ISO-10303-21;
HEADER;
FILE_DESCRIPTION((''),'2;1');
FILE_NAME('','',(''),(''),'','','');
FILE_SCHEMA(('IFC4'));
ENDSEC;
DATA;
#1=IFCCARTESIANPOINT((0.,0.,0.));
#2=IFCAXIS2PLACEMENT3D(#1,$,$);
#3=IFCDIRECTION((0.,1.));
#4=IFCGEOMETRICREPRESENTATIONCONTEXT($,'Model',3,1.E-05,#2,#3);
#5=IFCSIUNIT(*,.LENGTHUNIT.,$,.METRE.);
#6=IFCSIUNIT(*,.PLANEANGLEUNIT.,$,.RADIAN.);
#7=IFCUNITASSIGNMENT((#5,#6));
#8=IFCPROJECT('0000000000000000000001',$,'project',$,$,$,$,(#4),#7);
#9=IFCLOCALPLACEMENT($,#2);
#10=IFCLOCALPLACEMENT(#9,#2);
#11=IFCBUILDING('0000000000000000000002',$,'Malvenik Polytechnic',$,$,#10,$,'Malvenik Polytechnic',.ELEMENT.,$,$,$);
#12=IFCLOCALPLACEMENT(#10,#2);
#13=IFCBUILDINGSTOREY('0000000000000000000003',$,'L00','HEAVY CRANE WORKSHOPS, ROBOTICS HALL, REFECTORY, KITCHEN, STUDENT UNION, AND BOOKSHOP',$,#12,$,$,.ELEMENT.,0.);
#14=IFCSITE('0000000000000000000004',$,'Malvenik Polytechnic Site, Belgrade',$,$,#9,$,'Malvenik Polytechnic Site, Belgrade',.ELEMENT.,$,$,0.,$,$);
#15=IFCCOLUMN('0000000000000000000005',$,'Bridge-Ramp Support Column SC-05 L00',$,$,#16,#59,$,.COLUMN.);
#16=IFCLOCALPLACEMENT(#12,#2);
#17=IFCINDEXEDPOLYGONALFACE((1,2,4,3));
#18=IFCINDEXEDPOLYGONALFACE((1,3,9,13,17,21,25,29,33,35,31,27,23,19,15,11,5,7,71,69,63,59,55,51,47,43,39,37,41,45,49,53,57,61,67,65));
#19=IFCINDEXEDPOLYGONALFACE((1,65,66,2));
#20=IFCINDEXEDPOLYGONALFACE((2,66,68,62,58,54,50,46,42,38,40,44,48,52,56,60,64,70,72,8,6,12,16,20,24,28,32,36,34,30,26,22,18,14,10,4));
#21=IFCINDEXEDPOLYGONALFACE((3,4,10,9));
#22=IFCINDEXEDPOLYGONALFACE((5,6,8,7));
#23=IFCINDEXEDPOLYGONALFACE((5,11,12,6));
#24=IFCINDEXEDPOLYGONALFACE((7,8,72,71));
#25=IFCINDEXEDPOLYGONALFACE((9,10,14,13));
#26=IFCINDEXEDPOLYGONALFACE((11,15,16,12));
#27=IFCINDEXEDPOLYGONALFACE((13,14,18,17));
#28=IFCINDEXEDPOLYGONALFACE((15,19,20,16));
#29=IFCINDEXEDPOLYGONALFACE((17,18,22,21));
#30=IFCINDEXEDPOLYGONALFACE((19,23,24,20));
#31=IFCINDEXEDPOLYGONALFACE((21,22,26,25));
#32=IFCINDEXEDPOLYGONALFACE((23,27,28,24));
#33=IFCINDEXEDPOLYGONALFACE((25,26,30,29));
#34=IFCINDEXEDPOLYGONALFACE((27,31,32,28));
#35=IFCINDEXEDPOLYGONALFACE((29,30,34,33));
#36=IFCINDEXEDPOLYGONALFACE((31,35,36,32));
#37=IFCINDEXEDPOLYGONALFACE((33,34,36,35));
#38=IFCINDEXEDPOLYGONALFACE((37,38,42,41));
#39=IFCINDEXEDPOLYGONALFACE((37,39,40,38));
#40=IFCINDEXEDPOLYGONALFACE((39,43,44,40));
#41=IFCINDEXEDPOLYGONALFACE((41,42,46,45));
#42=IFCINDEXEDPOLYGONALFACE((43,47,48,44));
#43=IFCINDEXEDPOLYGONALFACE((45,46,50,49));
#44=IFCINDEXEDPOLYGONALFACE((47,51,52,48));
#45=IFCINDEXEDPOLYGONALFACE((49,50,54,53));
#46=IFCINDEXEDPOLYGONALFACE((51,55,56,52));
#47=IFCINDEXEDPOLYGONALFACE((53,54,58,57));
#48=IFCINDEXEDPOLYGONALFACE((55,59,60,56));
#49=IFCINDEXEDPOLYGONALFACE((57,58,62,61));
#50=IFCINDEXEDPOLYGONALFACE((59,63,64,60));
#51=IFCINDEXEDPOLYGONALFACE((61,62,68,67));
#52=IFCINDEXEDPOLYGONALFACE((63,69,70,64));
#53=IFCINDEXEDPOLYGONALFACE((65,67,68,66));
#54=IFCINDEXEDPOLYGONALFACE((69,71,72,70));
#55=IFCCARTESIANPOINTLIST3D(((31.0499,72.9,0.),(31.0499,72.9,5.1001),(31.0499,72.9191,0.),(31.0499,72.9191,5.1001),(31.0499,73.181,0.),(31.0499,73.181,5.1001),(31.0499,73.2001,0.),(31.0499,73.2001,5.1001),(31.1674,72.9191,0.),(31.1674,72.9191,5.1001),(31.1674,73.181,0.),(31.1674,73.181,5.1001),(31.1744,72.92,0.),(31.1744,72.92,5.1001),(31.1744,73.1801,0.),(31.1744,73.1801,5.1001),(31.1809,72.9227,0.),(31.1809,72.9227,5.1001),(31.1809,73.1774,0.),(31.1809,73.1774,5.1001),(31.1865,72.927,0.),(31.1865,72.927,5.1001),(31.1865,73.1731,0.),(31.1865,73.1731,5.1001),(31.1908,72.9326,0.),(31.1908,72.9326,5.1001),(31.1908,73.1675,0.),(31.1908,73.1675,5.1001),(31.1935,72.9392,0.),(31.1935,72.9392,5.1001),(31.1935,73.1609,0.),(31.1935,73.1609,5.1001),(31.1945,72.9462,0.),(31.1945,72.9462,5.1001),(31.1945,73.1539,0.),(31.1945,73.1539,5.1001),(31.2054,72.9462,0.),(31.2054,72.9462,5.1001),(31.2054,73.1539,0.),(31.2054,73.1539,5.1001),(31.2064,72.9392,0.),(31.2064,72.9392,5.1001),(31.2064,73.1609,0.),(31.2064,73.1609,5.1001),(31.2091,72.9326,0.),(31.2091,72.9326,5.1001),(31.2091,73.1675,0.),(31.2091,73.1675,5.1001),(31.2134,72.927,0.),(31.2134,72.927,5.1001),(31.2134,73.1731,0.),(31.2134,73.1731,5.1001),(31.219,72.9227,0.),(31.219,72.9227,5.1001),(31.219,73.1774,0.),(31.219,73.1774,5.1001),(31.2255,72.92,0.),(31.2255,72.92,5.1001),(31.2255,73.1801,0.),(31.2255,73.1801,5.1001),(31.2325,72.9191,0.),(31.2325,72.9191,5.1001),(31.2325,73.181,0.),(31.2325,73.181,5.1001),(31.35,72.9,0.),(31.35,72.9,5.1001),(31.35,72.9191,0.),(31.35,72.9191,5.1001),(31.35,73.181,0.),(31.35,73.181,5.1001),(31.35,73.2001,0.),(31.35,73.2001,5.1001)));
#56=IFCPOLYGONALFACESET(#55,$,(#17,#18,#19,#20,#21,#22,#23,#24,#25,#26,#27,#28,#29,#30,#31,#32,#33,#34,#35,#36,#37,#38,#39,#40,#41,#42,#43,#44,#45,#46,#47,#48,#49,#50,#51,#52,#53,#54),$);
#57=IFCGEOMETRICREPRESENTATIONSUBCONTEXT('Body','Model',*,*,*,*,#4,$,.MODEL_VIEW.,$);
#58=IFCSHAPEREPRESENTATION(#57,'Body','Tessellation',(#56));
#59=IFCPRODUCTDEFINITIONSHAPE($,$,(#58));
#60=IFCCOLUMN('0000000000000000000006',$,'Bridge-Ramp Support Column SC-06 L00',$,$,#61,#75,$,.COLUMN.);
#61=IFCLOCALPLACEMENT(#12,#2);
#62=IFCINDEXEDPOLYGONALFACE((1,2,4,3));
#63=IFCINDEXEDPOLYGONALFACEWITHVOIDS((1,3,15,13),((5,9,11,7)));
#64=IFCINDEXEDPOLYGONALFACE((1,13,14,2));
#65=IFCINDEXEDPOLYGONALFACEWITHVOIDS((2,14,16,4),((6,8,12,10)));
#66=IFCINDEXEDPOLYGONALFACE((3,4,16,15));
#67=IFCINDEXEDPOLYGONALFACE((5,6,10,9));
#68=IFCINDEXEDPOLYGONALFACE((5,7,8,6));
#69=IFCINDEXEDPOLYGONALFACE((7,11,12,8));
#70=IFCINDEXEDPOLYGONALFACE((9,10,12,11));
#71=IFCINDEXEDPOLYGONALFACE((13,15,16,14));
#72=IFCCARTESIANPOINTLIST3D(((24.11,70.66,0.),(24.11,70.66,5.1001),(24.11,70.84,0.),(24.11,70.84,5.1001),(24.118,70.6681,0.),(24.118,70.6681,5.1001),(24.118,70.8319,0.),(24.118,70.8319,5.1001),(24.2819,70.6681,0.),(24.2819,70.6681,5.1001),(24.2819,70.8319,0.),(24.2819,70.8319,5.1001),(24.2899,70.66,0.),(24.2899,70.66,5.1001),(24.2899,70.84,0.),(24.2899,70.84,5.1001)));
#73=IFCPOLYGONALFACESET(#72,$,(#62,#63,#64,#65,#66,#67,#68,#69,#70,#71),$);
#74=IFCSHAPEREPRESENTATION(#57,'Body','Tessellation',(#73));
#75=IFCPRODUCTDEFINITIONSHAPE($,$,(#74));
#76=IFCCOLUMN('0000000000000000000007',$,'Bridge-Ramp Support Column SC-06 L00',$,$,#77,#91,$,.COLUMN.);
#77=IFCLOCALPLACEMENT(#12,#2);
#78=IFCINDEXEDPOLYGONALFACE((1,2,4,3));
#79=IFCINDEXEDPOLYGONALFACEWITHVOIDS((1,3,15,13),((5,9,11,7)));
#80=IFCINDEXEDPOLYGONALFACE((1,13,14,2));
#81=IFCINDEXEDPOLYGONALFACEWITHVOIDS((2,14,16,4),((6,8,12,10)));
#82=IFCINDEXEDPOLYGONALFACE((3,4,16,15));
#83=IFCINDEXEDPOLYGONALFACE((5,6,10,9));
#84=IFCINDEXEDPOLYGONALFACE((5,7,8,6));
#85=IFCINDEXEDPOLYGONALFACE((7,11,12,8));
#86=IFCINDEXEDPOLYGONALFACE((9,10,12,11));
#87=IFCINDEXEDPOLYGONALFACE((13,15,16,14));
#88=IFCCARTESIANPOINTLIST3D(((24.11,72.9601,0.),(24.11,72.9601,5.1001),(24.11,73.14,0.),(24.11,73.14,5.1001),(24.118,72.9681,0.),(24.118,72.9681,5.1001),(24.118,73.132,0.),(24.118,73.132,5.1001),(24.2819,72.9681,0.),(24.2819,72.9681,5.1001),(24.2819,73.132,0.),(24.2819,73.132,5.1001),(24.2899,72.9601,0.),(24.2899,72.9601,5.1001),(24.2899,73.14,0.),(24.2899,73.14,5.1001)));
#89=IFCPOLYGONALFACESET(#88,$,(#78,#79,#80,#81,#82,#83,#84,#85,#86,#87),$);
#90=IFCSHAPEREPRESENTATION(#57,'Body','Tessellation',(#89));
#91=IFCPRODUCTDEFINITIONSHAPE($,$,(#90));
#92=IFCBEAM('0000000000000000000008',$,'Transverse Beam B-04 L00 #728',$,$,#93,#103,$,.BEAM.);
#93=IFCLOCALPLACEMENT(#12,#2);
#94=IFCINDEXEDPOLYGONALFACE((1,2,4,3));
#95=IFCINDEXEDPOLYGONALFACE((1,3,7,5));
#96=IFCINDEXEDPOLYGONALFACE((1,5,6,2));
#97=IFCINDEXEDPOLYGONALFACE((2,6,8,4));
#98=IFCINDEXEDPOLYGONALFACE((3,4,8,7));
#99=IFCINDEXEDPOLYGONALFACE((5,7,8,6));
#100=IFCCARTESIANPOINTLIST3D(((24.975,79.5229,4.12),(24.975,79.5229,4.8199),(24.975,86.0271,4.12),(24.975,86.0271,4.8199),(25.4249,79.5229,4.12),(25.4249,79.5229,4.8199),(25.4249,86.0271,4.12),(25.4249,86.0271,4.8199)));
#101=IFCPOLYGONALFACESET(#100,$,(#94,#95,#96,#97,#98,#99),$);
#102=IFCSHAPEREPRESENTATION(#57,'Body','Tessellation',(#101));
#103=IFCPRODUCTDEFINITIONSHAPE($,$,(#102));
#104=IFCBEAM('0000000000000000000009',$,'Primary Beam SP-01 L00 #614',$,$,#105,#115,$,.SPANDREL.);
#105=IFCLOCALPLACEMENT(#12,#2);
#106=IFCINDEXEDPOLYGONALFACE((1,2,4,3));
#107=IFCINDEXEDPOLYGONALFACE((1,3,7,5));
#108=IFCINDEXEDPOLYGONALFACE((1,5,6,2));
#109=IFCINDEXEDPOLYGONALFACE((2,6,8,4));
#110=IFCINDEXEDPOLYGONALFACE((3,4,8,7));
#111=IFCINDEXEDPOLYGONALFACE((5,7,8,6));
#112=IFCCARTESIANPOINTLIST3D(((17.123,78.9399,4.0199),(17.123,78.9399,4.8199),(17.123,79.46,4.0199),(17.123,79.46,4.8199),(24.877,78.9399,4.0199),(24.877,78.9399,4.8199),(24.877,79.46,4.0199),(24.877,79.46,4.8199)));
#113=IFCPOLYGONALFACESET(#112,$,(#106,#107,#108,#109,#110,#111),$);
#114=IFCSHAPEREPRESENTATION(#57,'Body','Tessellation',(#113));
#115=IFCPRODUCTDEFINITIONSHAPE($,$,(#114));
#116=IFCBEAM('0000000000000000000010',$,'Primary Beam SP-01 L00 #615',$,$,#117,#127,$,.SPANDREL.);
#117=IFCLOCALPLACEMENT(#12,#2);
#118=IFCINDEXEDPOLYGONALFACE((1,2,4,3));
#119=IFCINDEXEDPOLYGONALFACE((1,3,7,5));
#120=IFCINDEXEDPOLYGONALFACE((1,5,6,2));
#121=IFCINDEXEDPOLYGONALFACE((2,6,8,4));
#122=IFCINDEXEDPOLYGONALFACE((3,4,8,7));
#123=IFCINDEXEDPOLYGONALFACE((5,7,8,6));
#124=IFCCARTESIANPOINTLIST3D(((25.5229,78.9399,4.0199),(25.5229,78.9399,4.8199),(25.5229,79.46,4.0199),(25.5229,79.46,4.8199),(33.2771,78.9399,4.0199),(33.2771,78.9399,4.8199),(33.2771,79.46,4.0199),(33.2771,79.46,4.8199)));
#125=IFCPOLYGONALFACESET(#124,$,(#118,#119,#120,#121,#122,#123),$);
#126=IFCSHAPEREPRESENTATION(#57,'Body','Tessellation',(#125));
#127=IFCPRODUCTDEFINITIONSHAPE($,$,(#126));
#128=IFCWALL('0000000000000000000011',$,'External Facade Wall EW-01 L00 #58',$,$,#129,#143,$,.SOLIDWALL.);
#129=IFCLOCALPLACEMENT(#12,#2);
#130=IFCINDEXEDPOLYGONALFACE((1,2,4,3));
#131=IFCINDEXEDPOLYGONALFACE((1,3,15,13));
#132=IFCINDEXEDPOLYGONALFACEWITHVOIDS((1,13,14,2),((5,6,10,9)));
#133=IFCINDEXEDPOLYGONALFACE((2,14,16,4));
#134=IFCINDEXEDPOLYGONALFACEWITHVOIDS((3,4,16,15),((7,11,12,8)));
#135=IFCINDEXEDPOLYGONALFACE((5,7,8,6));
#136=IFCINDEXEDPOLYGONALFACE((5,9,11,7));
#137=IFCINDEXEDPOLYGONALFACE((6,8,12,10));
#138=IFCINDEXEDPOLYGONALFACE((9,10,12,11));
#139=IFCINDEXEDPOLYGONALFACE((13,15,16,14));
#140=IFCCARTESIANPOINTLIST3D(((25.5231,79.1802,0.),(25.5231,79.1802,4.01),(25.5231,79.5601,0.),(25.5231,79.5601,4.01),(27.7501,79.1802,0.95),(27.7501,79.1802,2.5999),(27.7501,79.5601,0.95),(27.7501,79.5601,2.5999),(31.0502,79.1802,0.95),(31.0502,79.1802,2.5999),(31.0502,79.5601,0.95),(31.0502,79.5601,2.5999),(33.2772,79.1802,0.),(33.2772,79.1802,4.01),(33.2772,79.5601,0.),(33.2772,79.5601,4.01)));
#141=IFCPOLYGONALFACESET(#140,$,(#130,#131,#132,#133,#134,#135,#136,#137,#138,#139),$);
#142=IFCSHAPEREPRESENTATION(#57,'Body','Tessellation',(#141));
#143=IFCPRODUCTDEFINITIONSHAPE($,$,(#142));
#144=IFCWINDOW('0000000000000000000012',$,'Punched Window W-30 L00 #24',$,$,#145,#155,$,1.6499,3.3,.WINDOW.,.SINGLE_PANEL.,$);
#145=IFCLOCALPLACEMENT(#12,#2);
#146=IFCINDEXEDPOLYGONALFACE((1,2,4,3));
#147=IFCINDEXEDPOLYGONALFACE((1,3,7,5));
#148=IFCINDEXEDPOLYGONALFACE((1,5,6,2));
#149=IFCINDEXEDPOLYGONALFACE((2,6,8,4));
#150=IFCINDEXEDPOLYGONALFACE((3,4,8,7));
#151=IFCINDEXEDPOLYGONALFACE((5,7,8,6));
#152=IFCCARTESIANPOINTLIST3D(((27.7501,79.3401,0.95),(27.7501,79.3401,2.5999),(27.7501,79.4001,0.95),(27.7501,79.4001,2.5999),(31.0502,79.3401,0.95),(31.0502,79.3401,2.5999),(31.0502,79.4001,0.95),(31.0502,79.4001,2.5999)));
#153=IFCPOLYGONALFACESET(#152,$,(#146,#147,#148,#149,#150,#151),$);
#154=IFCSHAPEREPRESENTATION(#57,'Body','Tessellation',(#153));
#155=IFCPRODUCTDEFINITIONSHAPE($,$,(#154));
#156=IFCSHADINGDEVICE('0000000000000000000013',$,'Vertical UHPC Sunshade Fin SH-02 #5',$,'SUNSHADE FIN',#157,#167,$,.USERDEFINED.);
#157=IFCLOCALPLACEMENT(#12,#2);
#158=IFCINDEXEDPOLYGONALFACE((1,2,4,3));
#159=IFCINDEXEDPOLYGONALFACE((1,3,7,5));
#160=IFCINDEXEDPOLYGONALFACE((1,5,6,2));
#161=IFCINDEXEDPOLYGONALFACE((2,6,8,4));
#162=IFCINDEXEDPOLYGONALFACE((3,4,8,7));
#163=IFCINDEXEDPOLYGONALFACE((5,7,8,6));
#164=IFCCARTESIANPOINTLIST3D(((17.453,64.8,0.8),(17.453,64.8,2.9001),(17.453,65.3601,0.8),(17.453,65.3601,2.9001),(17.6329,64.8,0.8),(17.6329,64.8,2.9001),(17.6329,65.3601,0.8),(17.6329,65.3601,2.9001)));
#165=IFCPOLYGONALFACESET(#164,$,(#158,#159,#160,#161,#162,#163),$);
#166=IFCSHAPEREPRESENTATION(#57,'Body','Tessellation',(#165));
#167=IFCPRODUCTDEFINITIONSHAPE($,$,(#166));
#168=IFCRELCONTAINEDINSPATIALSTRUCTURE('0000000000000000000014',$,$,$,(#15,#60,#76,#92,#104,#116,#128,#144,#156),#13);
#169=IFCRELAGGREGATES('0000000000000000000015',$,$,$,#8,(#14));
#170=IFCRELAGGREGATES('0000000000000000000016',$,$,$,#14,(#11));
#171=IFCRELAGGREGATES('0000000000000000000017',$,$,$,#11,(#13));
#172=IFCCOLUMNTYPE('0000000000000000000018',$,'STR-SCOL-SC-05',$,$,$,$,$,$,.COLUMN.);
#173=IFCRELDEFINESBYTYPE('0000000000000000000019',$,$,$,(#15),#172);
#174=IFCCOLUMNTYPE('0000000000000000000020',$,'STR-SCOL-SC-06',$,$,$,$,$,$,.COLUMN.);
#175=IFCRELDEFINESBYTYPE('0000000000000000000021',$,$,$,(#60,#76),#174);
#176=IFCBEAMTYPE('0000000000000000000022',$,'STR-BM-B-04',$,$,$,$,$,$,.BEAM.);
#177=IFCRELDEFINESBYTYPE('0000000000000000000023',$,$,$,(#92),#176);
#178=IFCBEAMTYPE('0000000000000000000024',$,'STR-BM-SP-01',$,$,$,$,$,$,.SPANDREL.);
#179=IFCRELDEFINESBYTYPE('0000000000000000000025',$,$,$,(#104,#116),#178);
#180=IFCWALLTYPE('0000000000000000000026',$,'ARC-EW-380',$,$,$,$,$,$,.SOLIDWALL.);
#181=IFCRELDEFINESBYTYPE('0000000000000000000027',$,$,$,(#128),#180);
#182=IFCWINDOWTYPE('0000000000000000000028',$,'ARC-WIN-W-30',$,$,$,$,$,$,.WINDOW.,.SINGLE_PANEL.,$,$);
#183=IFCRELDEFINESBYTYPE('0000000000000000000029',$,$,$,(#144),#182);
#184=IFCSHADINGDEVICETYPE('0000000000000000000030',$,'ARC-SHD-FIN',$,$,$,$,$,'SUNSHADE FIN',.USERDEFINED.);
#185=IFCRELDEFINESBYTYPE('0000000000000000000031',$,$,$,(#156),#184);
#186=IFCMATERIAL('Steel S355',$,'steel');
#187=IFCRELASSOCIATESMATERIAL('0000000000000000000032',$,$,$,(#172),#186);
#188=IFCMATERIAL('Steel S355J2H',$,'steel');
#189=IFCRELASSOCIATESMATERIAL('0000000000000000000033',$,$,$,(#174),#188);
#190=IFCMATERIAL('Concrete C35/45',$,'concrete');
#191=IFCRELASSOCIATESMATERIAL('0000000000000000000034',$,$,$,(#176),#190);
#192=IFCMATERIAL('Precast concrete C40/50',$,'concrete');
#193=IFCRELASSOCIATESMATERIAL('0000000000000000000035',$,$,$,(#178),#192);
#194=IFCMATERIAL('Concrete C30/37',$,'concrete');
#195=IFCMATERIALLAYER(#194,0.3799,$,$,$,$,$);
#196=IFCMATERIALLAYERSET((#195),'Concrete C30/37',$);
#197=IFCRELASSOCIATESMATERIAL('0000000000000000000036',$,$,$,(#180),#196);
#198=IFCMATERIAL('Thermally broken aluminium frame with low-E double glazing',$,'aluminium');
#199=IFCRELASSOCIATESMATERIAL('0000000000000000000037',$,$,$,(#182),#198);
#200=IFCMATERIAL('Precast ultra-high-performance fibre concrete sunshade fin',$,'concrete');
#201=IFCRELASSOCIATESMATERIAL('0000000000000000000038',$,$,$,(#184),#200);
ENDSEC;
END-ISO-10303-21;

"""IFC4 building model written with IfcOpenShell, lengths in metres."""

from ifc_helpers import new_model, si_unit, direction, frame, frame_2d, origin, origin_2d, place, context, subcontext, project, spatial, rectangle, hollow_rectangle, i_section, extrude, material, layer, layer_set, material_profile, profile_set, type_object, element, fill, save


model = new_model("IFC4")

# Units and contexts
model_context = context("Model", 3, precision=1e-05, world=origin(), true_north=direction((0.0, 1.0)))
body_context = subcontext(model_context, "Body", "Model", "MODEL_VIEW")
ifc_project = project(units=[si_unit("LENGTHUNIT", "METRE"), si_unit("PLANEANGLEUNIT", "RADIAN")], contexts=[model_context])

# Site, building, storey
site_placement = place(None, origin())
site = spatial("IfcSite", under=ifc_project, at=site_placement, Name="Malvenik Polytechnic Site, Belgrade", LongName="Malvenik Polytechnic Site, Belgrade", CompositionType="ELEMENT", RefElevation=0.0)
building_placement = place(site_placement, origin())
building = spatial("IfcBuilding", under=site, at=building_placement, Name="Malvenik Polytechnic", LongName="Malvenik Polytechnic", CompositionType="ELEMENT")
storey_placement = place(building_placement, origin())
storey = spatial("IfcBuildingStorey", under=building, at=storey_placement, Name="L00", Description="HEAVY CRANE WORKSHOPS, ROBOTICS HALL, REFECTORY, KITCHEN, STUDENT UNION, AND BOOKSHOP", CompositionType="ELEMENT", Elevation=0.0)

# Columns
ifc_material_1 = material(Name="Concrete C35/45", Category="concrete")
ifc_material_2 = material(Name="Steel S355J2H", Category="steel")
ifc_material_3 = material(Name="Steel S355", Category="steel")
ifc_material_profile_1 = material_profile(ifc_material_3, i_section(OverallWidth=0.3, OverallDepth=0.3, WebThickness=0.011, FlangeThickness=0.019, FilletRadius=0.0271, at=origin_2d()), Name="HEB 300")
ifc_profile_set_1 = profile_set([ifc_material_profile_1], Name="Steel S355")
column_type_1 = type_object("IfcColumnType", Name="STR-SCOL-SC-05", PredefinedType="COLUMN", material=ifc_profile_set_1)
for number, where, z_axis, x_axis, name in (
    (1, (31.2, 73.05, 0.0), (0.0, 0.0, 1.0), (1.0, 0.0, 0.0), "Bridge-Ramp Support Column SC-05 L00"),
):
    element("IfcColumn", number, at=place(storey_placement, frame(where, z_axis=z_axis, x_axis=x_axis)), inside=storey, type_object=column_type_1, Name=name, PredefinedType="COLUMN", context=body_context, shape_type="SweptSolid", body=[
        extrude(i_section(OverallWidth=0.3, OverallDepth=0.3, WebThickness=0.011, FlangeThickness=0.019, FilletRadius=0.0271, at=origin_2d()), origin(), (0.0, 0.0, 1.0), 5.1001),
    ])
ifc_material_profile_2 = material_profile(ifc_material_2, hollow_rectangle(XDim=0.1799, YDim=0.1799, WallThickness=0.0081, at=origin_2d()), Name="SHS 180x180x8.0")
ifc_profile_set_2 = profile_set([ifc_material_profile_2], Name="Steel S355J2H")
column_type_2 = type_object("IfcColumnType", Name="STR-SCOL-SC-06", PredefinedType="COLUMN", material=ifc_profile_set_2)
for number, where, z_axis, x_axis, name in (
    (2, (24.2, 70.75, 0.0), (0.0, 0.0, 1.0), (1.0, 0.0, 0.0), "Bridge-Ramp Support Column SC-06 L00"),
    (3, (24.2, 73.05, 0.0), (0.0, 0.0, 1.0), (1.0, 0.0, 0.0), "Bridge-Ramp Support Column SC-06 L00"),
):
    element("IfcColumn", number, at=place(storey_placement, frame(where, z_axis=z_axis, x_axis=x_axis)), inside=storey, type_object=column_type_2, Name=name, PredefinedType="COLUMN", context=body_context, shape_type="SweptSolid", body=[
        extrude(hollow_rectangle(XDim=0.1799, YDim=0.1799, WallThickness=0.0081, at=origin_2d()), origin(), (0.0, 0.0, 1.0), 5.1001),
    ])

# Beams
ifc_material_profile_3 = material_profile(ifc_material_1, rectangle(XDim=0.45, YDim=0.7, at=origin_2d()), Name="RC BM 450x700")
ifc_profile_set_3 = profile_set([ifc_material_profile_3], Name="Concrete C35/45")
beam_type_1 = type_object("IfcBeamType", Name="STR-BM-B-04", PredefinedType="BEAM", material=ifc_profile_set_3)
beam_1_placement = place(storey_placement, frame((25.2, 79.5229, 4.47), z_axis=(0.0, 1.0, 0.0), x_axis=(-1.0, 0.0, 0.0)))
element("IfcBeam", 4, at=beam_1_placement, inside=storey, type_object=beam_type_1, Name="Transverse Beam B-04 L00 #728", PredefinedType="BEAM", context=body_context, shape_type="SweptSolid", body=[
    extrude(rectangle(XDim=0.45, YDim=0.7, at=origin_2d()), origin(), (0.0, 0.0, 1.0), 6.5042),
])
ifc_material_4 = material(Name="Precast concrete C40/50", Category="concrete")
ifc_material_profile_4 = material_profile(ifc_material_4, rectangle(XDim=0.52, YDim=0.8, at=origin_2d()), Name="PC SPN 520x800")
ifc_profile_set_4 = profile_set([ifc_material_profile_4], Name="Precast concrete C40/50")
beam_type_2 = type_object("IfcBeamType", Name="STR-BM-SP-01", PredefinedType="SPANDREL", material=ifc_profile_set_4)
beam_2_placement = place(storey_placement, frame((17.123, 79.2, 4.4199), z_axis=(1.0, 0.0, 0.0), x_axis=(0.0, 1.0, 0.0)))
element("IfcBeam", 5, at=beam_2_placement, inside=storey, type_object=beam_type_2, Name="Primary Beam SP-01 L00 #614", PredefinedType="SPANDREL", context=body_context, shape_type="SweptSolid", body=[
    extrude(rectangle(XDim=0.52, YDim=0.8, at=origin_2d()), origin(), (0.0, 0.0, 1.0), 7.7539),
])
beam_3_placement = place(storey_placement, frame((25.5229, 79.2, 4.4199), z_axis=(1.0, 0.0, 0.0), x_axis=(0.0, 1.0, 0.0)))
element("IfcBeam", 6, at=beam_3_placement, inside=storey, type_object=beam_type_2, Name="Primary Beam SP-01 L00 #615", PredefinedType="SPANDREL", context=body_context, shape_type="SweptSolid", body=[
    extrude(rectangle(XDim=0.52, YDim=0.8, at=origin_2d()), origin(), (0.0, 0.0, 1.0), 7.7542),
])

# Wall, opening, window
ifc_material_5 = material(Name="Concrete C30/37", Category="concrete")
ifc_layer = layer(ifc_material_5, 0.3799)
ifc_layer_set = layer_set([ifc_layer], Name="Concrete C30/37")
wall_type = type_object("IfcWallType", Name="ARC-EW-380", PredefinedType="SOLIDWALL", material=ifc_layer_set)
wall_1_placement = place(storey_placement, frame((33.2771, 79.3701, 0.0), z_axis=(0.0, 0.0, 1.0), x_axis=(-1.0, 0.0, 0.0)))
wall_1 = element("IfcWall", 7, at=wall_1_placement, inside=storey, type_object=wall_type, Name="External Facade Wall EW-01 L00 #58", PredefinedType="SOLIDWALL", context=body_context, shape_type="SweptSolid", body=[
    extrude(rectangle(XDim=7.7542, YDim=0.3799, at=frame_2d((3.877, 0.0))), origin(), (0.0, 0.0, 1.0), 4.01),
])
opening_1_placement = place(wall_1_placement, frame((2.2271, 0.0, 0.95)))
opening_1 = element("IfcOpeningElement", 8, at=opening_1_placement, cuts=wall_1, PredefinedType="OPENING", context=body_context, shape_type="SweptSolid", body=[
    extrude(rectangle(XDim=3.3, YDim=1.6499, at=frame_2d((1.6499, 0.825))), frame((0.0, 0.2, 0.0), z_axis=(0.0, -1.0, 0.0), x_axis=(1.0, 0.0, 0.0)), (0.0, 0.0, 1.0), 0.3999),
])
ifc_material_6 = material(Name="Thermally broken aluminium frame with low-E double glazing", Category="aluminium")
window_type = type_object("IfcWindowType", Name="ARC-WIN-W-30", PartitioningType="SINGLE_PANEL", PredefinedType="WINDOW", material=ifc_material_6)
window_placement = place(opening_1_placement, origin())
window = element("IfcWindow", 9, at=window_placement, inside=storey, type_object=window_type, Name="Punched Window W-30 L00 #24", OverallHeight=1.6499, OverallWidth=3.3, PartitioningType="SINGLE_PANEL", PredefinedType="WINDOW", context=body_context, shape_type="SweptSolid", body=[
    extrude(rectangle(XDim=3.3, YDim=1.6499, at=frame_2d((1.6499, 0.825))), frame((0.0, 0.03, 0.0), z_axis=(0.0, -1.0, 0.0), x_axis=(1.0, 0.0, 0.0)), (0.0, 0.0, 1.0), 0.0601),
])
fill(opening_1, window)

# Shading device
ifc_material_7 = material(Name="Precast ultra-high-performance fibre concrete sunshade fin", Category="concrete")
shading_device_type_1 = type_object("IfcShadingDeviceType", Name="ARC-SHD-FIN", ElementType="SUNSHADE FIN", PredefinedType="USERDEFINED", material=ifc_material_7)
shading_device_1_placement = place(storey_placement, frame((17.543, 65.0801, 0.8), z_axis=(0.0, 0.0, 1.0), x_axis=(1.0, 0.0, 0.0)))
element("IfcShadingDevice", 10, at=shading_device_1_placement, inside=storey, type_object=shading_device_type_1, Name="Vertical UHPC Sunshade Fin SH-02 #5", ObjectType="SUNSHADE FIN", PredefinedType="USERDEFINED", context=body_context, shape_type="SweptSolid", body=[
    extrude(rectangle(XDim=0.1799, YDim=0.5601, at=origin_2d()), origin(), (0.0, 0.0, 1.0), 2.1001),
])

save(model, "model.ifc")
